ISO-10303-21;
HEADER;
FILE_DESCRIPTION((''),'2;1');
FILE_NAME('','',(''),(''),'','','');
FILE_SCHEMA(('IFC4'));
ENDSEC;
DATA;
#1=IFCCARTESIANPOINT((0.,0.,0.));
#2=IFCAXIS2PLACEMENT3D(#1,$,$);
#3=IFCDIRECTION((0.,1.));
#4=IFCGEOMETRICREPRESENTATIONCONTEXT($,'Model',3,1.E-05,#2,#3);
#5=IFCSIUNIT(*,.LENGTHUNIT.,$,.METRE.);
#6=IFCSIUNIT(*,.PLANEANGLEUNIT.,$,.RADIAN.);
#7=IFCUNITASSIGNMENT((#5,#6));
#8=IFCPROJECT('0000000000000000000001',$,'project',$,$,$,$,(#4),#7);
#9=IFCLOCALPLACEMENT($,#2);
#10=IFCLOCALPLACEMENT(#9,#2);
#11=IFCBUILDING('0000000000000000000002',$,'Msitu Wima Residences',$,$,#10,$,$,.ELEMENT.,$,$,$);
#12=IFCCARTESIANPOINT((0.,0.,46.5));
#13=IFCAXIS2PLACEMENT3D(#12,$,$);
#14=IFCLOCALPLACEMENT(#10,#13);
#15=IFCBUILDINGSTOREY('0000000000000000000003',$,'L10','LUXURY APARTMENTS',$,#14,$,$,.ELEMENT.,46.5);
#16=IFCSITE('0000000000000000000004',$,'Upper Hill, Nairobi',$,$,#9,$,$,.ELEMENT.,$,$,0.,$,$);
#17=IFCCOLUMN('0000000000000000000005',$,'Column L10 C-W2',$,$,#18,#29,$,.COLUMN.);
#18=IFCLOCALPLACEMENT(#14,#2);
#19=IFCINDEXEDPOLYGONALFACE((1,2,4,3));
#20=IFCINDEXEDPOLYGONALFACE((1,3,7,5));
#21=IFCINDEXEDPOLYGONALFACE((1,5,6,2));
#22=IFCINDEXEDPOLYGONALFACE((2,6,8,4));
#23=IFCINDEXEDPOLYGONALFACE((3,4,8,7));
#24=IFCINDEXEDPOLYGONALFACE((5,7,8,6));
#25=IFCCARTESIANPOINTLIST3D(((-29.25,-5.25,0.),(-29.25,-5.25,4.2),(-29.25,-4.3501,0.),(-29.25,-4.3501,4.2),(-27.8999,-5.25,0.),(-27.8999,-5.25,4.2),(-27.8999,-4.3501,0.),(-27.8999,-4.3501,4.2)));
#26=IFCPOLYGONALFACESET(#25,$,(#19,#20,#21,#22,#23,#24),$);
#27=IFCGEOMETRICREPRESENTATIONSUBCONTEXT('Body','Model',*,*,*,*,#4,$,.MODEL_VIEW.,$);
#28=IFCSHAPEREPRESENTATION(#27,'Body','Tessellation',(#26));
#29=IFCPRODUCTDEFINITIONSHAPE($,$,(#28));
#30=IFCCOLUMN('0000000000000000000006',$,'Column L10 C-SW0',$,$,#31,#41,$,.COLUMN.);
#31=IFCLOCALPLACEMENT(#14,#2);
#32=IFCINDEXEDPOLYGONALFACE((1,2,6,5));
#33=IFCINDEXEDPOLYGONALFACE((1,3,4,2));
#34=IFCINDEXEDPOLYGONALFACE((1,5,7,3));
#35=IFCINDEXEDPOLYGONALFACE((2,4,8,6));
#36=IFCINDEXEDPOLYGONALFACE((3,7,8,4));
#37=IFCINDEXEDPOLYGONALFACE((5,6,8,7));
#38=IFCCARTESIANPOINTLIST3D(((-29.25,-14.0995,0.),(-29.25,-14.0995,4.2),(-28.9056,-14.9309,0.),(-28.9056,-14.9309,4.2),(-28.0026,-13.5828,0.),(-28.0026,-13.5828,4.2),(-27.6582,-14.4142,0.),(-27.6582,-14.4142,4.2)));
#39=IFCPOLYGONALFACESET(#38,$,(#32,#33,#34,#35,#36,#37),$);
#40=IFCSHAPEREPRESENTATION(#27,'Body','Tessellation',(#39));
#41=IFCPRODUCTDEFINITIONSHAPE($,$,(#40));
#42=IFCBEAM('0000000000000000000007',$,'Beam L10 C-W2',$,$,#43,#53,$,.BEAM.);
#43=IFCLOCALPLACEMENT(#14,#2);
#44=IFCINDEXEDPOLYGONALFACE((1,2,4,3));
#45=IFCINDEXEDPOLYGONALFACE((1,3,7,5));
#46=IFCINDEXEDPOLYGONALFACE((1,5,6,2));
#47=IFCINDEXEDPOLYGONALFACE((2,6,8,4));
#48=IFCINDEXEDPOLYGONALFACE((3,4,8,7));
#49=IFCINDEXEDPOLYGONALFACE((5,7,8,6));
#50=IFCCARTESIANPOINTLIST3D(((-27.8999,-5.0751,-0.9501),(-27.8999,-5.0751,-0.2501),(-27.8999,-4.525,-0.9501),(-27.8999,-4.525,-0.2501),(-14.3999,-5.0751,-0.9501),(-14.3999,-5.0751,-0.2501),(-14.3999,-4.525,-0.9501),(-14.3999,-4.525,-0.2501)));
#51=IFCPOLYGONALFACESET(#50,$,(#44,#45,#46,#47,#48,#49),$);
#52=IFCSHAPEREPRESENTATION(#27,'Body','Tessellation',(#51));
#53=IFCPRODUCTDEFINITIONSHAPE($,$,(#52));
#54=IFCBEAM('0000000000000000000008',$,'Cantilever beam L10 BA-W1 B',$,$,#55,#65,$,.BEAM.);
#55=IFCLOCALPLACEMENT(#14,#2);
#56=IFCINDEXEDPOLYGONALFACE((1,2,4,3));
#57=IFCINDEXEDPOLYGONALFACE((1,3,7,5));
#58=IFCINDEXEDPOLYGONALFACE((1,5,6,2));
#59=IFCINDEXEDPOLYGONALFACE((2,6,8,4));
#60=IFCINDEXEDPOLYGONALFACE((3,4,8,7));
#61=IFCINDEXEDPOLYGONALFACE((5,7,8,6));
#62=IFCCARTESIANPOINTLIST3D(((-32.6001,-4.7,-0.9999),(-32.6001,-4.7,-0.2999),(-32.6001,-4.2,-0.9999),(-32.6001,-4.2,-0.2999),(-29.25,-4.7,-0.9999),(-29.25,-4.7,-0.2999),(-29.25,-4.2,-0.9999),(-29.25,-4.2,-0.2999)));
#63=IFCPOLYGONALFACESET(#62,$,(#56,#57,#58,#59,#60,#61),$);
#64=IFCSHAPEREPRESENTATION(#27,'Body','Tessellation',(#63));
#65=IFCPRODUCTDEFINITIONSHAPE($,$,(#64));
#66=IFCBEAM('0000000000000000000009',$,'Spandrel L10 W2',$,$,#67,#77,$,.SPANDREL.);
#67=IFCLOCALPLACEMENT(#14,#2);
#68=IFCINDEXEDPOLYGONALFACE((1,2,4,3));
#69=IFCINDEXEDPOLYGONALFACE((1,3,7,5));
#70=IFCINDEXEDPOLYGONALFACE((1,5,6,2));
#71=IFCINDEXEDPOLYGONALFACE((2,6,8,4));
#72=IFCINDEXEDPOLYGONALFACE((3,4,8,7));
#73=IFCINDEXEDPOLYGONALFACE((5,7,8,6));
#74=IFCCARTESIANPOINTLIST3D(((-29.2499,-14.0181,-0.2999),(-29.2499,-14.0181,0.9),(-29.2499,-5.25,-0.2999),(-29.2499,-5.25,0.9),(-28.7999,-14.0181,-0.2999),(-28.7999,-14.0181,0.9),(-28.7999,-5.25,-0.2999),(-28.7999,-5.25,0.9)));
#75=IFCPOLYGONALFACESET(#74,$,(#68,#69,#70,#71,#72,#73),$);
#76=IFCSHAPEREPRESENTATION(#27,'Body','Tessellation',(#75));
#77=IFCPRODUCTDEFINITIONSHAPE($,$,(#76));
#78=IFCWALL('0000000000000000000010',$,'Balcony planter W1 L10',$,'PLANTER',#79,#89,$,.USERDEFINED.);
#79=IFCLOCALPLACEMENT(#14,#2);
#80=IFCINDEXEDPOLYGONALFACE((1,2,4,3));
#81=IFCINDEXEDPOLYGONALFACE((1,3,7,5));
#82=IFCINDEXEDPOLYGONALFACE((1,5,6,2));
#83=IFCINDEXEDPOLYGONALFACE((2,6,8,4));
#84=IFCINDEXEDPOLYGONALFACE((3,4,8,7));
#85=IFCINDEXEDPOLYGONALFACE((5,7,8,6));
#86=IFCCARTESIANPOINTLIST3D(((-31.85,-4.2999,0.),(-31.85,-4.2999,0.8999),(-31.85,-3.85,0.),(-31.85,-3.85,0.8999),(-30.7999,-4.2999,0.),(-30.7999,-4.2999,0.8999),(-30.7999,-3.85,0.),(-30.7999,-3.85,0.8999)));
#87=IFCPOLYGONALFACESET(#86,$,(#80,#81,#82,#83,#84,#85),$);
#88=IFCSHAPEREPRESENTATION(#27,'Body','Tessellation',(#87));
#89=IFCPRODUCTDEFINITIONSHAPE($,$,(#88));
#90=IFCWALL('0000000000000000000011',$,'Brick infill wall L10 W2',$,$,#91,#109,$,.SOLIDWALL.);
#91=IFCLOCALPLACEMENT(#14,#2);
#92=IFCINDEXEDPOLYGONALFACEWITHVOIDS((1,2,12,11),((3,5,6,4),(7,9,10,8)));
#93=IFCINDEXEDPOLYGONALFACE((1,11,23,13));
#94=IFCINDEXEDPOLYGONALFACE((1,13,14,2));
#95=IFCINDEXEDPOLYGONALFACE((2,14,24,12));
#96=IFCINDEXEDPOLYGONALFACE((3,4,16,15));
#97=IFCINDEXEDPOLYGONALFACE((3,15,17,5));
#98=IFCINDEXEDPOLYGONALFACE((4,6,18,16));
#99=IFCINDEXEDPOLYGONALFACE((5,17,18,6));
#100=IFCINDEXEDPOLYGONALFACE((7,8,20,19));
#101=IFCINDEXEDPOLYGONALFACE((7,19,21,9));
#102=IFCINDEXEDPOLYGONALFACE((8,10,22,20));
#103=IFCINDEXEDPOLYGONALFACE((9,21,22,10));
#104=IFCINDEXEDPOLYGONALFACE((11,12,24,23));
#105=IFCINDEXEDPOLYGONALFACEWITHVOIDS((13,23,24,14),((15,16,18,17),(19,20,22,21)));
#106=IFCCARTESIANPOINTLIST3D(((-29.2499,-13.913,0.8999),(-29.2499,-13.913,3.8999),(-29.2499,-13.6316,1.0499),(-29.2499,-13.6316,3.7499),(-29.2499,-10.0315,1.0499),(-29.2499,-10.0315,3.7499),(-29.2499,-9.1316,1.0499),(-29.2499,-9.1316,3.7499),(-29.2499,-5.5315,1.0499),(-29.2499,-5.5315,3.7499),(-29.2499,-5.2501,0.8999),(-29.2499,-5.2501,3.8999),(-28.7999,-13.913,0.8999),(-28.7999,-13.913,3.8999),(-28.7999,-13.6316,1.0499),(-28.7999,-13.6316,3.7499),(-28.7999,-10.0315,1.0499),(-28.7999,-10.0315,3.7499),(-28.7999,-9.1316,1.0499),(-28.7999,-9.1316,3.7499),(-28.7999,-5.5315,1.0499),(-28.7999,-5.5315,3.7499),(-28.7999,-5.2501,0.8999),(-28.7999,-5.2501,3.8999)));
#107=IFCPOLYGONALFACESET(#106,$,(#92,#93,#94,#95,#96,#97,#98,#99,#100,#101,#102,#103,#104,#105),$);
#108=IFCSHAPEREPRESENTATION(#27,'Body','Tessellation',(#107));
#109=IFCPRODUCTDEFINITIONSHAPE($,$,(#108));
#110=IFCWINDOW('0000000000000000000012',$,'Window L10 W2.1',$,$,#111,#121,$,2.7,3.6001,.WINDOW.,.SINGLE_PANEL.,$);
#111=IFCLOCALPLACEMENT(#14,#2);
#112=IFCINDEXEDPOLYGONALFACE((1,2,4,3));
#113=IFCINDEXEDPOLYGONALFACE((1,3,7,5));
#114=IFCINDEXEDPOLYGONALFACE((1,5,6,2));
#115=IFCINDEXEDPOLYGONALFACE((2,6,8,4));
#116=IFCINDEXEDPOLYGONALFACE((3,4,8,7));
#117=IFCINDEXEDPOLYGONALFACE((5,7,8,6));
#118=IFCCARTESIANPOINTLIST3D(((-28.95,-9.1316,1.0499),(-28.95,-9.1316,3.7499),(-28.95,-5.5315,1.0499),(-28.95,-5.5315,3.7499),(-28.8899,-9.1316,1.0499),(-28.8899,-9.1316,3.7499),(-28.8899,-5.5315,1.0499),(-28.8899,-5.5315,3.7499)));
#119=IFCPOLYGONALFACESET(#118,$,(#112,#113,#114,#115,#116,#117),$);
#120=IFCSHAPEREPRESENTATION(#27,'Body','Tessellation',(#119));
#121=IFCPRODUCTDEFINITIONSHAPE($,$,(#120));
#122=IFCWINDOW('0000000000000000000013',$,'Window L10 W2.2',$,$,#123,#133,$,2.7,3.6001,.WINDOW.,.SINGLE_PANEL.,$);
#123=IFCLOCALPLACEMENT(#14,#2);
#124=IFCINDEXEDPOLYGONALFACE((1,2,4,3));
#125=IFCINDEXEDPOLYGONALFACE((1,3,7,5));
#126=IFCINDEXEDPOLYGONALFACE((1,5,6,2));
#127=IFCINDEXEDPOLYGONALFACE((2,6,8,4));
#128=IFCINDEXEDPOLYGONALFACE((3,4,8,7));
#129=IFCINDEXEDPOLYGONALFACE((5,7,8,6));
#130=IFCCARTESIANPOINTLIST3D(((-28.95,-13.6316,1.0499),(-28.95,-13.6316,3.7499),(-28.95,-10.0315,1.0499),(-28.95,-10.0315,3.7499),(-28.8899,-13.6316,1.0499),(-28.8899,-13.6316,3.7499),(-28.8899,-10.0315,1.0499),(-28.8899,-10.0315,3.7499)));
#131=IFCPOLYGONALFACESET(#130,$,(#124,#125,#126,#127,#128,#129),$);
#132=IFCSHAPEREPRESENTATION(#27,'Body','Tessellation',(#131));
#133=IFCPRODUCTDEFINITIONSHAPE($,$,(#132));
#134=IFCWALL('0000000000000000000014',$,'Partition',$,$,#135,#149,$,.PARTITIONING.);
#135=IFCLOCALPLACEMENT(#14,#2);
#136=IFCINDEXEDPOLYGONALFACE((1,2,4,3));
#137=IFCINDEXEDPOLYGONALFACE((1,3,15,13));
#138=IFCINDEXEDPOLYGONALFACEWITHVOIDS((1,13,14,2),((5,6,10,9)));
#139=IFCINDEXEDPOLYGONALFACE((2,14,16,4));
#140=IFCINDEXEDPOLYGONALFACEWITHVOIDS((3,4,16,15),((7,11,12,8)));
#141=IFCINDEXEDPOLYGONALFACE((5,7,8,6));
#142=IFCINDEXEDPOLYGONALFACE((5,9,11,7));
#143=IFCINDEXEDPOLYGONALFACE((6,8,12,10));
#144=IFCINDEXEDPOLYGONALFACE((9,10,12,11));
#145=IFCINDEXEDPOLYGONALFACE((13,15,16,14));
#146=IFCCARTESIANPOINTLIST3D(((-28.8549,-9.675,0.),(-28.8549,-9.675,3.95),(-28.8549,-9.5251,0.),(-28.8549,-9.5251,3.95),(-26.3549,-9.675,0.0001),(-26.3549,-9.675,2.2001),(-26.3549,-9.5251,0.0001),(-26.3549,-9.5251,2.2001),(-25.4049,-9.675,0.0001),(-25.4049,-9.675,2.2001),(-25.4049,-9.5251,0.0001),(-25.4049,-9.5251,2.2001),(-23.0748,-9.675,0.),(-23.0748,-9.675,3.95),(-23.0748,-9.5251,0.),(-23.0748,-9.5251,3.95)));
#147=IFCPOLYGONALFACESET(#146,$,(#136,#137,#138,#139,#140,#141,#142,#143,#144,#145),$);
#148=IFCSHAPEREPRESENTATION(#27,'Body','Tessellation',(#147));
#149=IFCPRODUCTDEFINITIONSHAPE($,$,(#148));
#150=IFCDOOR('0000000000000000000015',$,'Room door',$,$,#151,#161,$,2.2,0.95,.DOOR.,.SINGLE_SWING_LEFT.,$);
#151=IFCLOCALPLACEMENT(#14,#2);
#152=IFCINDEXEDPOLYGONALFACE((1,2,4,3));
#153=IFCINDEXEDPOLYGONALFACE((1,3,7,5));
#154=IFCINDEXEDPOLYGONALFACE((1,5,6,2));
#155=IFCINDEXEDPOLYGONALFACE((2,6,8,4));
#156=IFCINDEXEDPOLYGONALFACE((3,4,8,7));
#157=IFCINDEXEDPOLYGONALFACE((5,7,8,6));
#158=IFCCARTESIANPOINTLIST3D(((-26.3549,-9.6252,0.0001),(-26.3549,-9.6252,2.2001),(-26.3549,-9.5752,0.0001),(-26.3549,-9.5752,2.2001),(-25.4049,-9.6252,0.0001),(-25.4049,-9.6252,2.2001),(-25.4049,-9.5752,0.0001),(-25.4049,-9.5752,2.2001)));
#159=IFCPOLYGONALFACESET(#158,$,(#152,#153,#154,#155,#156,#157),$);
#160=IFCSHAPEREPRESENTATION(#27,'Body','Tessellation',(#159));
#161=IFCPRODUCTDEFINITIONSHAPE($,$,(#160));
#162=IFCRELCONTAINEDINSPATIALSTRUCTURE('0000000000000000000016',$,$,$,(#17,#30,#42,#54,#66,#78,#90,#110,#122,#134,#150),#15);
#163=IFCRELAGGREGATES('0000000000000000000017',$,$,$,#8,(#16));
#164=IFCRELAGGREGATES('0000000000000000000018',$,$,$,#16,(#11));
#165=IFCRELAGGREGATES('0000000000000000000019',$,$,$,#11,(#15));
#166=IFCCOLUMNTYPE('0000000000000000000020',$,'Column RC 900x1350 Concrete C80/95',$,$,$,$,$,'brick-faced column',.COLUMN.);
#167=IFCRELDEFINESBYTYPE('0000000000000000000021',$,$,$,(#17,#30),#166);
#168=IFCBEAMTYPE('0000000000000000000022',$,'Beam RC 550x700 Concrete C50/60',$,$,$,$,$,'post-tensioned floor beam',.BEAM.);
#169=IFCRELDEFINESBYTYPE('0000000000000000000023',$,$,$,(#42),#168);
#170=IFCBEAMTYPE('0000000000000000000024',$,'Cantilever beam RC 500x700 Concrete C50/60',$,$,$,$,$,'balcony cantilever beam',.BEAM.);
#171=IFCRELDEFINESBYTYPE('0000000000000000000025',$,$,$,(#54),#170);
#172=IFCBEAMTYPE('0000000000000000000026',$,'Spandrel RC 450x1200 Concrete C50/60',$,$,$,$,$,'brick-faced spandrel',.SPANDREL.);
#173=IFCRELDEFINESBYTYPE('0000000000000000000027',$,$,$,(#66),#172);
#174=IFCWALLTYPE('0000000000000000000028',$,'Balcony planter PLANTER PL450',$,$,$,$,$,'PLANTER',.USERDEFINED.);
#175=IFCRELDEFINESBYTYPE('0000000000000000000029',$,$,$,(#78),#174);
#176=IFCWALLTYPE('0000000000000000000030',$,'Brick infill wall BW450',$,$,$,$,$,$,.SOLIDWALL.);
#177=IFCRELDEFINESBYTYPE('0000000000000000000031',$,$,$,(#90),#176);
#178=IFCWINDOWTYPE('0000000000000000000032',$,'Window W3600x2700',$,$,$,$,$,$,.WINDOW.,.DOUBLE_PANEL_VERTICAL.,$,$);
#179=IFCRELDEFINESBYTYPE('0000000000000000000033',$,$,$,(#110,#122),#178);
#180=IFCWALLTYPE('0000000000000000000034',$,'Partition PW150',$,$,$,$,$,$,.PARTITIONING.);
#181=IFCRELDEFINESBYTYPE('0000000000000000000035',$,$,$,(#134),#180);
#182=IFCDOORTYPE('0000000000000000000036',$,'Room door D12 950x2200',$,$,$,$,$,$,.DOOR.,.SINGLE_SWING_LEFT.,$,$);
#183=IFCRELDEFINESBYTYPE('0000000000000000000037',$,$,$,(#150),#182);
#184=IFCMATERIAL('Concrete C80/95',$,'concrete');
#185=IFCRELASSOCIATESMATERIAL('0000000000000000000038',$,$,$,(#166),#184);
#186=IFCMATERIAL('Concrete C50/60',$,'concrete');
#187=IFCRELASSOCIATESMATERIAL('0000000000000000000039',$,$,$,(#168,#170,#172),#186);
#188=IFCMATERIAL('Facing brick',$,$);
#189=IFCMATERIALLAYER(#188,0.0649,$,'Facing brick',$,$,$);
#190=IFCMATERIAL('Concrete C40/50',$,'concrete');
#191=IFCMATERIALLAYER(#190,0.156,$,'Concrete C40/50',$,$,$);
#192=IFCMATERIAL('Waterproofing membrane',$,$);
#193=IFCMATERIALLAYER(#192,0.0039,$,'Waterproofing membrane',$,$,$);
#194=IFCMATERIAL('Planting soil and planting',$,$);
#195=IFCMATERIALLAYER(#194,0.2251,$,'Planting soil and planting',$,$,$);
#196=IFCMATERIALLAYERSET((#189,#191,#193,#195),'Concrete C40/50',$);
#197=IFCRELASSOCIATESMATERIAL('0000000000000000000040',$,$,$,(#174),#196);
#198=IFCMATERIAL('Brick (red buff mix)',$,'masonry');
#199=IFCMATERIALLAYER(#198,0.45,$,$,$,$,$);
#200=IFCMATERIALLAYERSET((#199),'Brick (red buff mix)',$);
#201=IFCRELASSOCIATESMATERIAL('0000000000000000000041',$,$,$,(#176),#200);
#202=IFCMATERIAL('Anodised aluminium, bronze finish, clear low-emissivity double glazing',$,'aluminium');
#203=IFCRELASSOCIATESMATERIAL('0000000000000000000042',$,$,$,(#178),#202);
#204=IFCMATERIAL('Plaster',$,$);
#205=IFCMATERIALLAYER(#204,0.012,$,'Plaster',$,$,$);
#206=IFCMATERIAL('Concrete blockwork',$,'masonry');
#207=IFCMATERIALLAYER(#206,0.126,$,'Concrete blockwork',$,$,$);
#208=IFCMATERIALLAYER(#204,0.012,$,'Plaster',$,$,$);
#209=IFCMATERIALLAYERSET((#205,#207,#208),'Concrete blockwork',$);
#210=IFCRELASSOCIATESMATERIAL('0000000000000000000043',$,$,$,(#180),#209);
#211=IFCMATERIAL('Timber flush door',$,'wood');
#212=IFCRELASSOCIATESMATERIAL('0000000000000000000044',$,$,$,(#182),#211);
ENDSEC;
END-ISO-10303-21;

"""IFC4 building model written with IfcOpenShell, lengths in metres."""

from ifc_helpers import new_model, si_unit, direction, frame, frame_2d, origin, origin_2d, place, context, subcontext, project, spatial, rectangle, extrude, material, layer, layer_set, material_profile, profile_set, type_object, element, fill, save


model = new_model("IFC4")

# Units and contexts
model_context = context("Model", 3, precision=1e-05, world=origin(), true_north=direction((0.0, 1.0)))
body_context = subcontext(model_context, "Body", "Model", "MODEL_VIEW")
ifc_project = project(units=[si_unit("LENGTHUNIT", "METRE"), si_unit("PLANEANGLEUNIT", "RADIAN")], contexts=[model_context])

# Site, building, storey
site_placement = place(None, origin())
site = spatial("IfcSite", under=ifc_project, at=site_placement, Name="Upper Hill, Nairobi", CompositionType="ELEMENT", RefElevation=0.0)
building_placement = place(site_placement, origin())
building = spatial("IfcBuilding", under=site, at=building_placement, Name="Msitu Wima Residences", CompositionType="ELEMENT")
storey_placement = place(building_placement, frame((0.0, 0.0, 46.5)))
storey = spatial("IfcBuildingStorey", under=building, at=storey_placement, Name="L10", Description="LUXURY APARTMENTS", CompositionType="ELEMENT", Elevation=46.5)

# Columns
ifc_material_1 = material(Name="Concrete C80/95", Category="concrete")
ifc_material_profile_1 = material_profile(ifc_material_1, rectangle(XDim=0.8999, YDim=1.3501, at=origin_2d()), Name="RC 900x1350")
ifc_profile_set_1 = profile_set([ifc_material_profile_1], Name="Concrete C80/95")
column_type = type_object("IfcColumnType", Name="Column RC 900x1350 Concrete C80/95", ElementType="brick-faced column", PredefinedType="COLUMN", material=ifc_profile_set_1)
for number, where, z_axis, x_axis, name in (
    (1, (-28.575, -4.8, 0.0), (0.0, 0.0, 1.0), (0.0, -1.0, 0.0), "Column L10 C-W2"),
    (2, (-28.4541, -14.2568, 0.0), (0.0, 0.0, 1.0), (0.382683, -0.92388, 0.0), "Column L10 C-SW0"),
):
    element("IfcColumn", number, at=place(storey_placement, frame(where, z_axis=z_axis, x_axis=x_axis)), inside=storey, type_object=column_type, Name=name, PredefinedType="COLUMN", context=body_context, shape_type="SweptSolid", body=[
        extrude(rectangle(XDim=0.8999, YDim=1.3501, at=origin_2d()), origin(), (0.0, 0.0, 1.0), 4.2),
    ])

# Beams
ifc_material_2 = material(Name="Concrete C50/60", Category="concrete")
ifc_material_profile_2 = material_profile(ifc_material_2, rectangle(XDim=0.55, YDim=0.7, at=origin_2d()), Name="RC 550x700")
ifc_profile_set_2 = profile_set([ifc_material_profile_2], Name="Concrete C50/60")
beam_type_1 = type_object("IfcBeamType", Name="Beam RC 550x700 Concrete C50/60", ElementType="post-tensioned floor beam", PredefinedType="BEAM", material=ifc_profile_set_2)
beam_1_placement = place(storey_placement, frame((-27.8999, -4.8, -0.6001), z_axis=(1.0, 0.0, 0.0), x_axis=(0.0, 1.0, 0.0)))
element("IfcBeam", 3, at=beam_1_placement, inside=storey, type_object=beam_type_1, Name="Beam L10 C-W2", PredefinedType="BEAM", context=body_context, shape_type="SweptSolid", body=[
    extrude(rectangle(XDim=0.55, YDim=0.7, at=origin_2d()), origin(), (0.0, 0.0, 1.0), 13.5),
])
ifc_material_profile_3 = material_profile(ifc_material_2, rectangle(XDim=0.5, YDim=0.7, at=origin_2d()), Name="RC 500x700")
ifc_profile_set_3 = profile_set([ifc_material_profile_3], Name="Concrete C50/60")
beam_type_2 = type_object("IfcBeamType", Name="Cantilever beam RC 500x700 Concrete C50/60", ElementType="balcony cantilever beam", PredefinedType="BEAM", material=ifc_profile_set_3)
beam_2_placement = place(storey_placement, frame((-29.25, -4.45, -0.6499), z_axis=(-1.0, 0.0, 0.0), x_axis=(0.0, -1.0, 0.0)))
element("IfcBeam", 4, at=beam_2_placement, inside=storey, type_object=beam_type_2, Name="Cantilever beam L10 BA-W1 B", PredefinedType="BEAM", context=body_context, shape_type="SweptSolid", body=[
    extrude(rectangle(XDim=0.5, YDim=0.7, at=origin_2d()), origin(), (0.0, 0.0, 1.0), 3.3501),
])
ifc_material_profile_4 = material_profile(ifc_material_2, rectangle(XDim=0.45, YDim=1.2, at=origin_2d()), Name="RC 450x1200")
ifc_profile_set_4 = profile_set([ifc_material_profile_4], Name="Concrete C50/60")
beam_type_3 = type_object("IfcBeamType", Name="Spandrel RC 450x1200 Concrete C50/60", ElementType="brick-faced spandrel", PredefinedType="SPANDREL", material=ifc_profile_set_4)
beam_3_placement = place(storey_placement, frame((-29.0249, -5.25, 0.3), z_axis=(0.0, -1.0, 0.0), x_axis=(1.0, 0.0, 0.0)))
element("IfcBeam", 5, at=beam_3_placement, inside=storey, type_object=beam_type_3, Name="Spandrel L10 W2", PredefinedType="SPANDREL", context=body_context, shape_type="SweptSolid", body=[
    extrude(rectangle(XDim=0.45, YDim=1.2, at=origin_2d()), origin(), (0.0, 0.0, 1.0), 8.7681),
])

# Wall
ifc_material_3 = material(Name="Facing brick")
ifc_layer_1 = layer(ifc_material_3, 0.0649, Name="Facing brick")
ifc_material_4 = material(Name="Concrete C40/50", Category="concrete")
ifc_layer_2 = layer(ifc_material_4, 0.156, Name="Concrete C40/50")
ifc_material_5 = material(Name="Waterproofing membrane")
ifc_layer_3 = layer(ifc_material_5, 0.0039, Name="Waterproofing membrane")
ifc_material_6 = material(Name="Planting soil and planting")
ifc_layer_4 = layer(ifc_material_6, 0.2251, Name="Planting soil and planting")
ifc_layer_set_1 = layer_set([ifc_layer_1, ifc_layer_2, ifc_layer_3, ifc_layer_4], Name="Concrete C40/50")
wall_type_1 = type_object("IfcWallType", Name="Balcony planter PLANTER PL450", ElementType="PLANTER", PredefinedType="USERDEFINED", material=ifc_layer_set_1)
wall_1_placement = place(storey_placement, frame((-30.8, -4.075, 0.0), z_axis=(0.0, 0.0, 1.0), x_axis=(-1.0, 0.0, 0.0)))
element("IfcWall", 6, at=wall_1_placement, inside=storey, type_object=wall_type_1, Name="Balcony planter W1 L10", ObjectType="PLANTER", PredefinedType="USERDEFINED", context=body_context, shape_type="SweptSolid", body=[
    extrude(rectangle(XDim=1.05, YDim=0.45, at=frame_2d((0.5249, 0.0))), origin(), (0.0, 0.0, 1.0), 0.8999),
])

# Wall, openings, windows
ifc_material_7 = material(Name="Brick (red buff mix)", Category="masonry")
ifc_layer_5 = layer(ifc_material_7, 0.45)
ifc_layer_set_2 = layer_set([ifc_layer_5], Name="Brick (red buff mix)")
wall_type_2 = type_object("IfcWallType", Name="Brick infill wall BW450", PredefinedType="SOLIDWALL", material=ifc_layer_set_2)
wall_2_placement = place(storey_placement, frame((-29.0249, -5.25, 0.8999), z_axis=(0.0, 0.0, 1.0), x_axis=(0.0, -1.0, 0.0)))
wall_2 = element("IfcWall", 7, at=wall_2_placement, inside=storey, type_object=wall_type_2, Name="Brick infill wall L10 W2", PredefinedType="SOLIDWALL", context=body_context, shape_type="SweptSolid", body=[
    extrude(rectangle(XDim=8.6628, YDim=0.45, at=frame_2d((4.3315, 0.0))), origin(), (0.0, 0.0, 1.0), 3.0),
])
opening_1_placement = place(wall_2_placement, frame((0.2815, 0.0, 0.1499)))
opening_1 = element("IfcOpeningElement", 8, at=opening_1_placement, cuts=wall_2, PredefinedType="OPENING", context=body_context, shape_type="SweptSolid", body=[
    extrude(rectangle(XDim=3.6001, YDim=2.7, at=frame_2d((1.8, 1.3501))), frame((0.0, 0.2349, 0.0), z_axis=(0.0, -1.0, 0.0), x_axis=(1.0, 0.0, 0.0)), (0.0, 0.0, 1.0), 0.47),
])
opening_2_placement = place(wall_2_placement, frame((4.7815, 0.0, 0.1499)))
opening_2 = element("IfcOpeningElement", 9, at=opening_2_placement, cuts=wall_2, PredefinedType="OPENING", context=body_context, shape_type="SweptSolid", body=[
    extrude(rectangle(XDim=3.6001, YDim=2.7, at=frame_2d((1.8, 1.3501))), frame((0.0, 0.2349, 0.0), z_axis=(0.0, -1.0, 0.0), x_axis=(1.0, 0.0, 0.0)), (0.0, 0.0, 1.0), 0.47),
])
ifc_material_8 = material(Name="Anodised aluminium, bronze finish, clear low-emissivity double glazing", Category="aluminium")
window_type = type_object("IfcWindowType", Name="Window W3600x2700", PartitioningType="DOUBLE_PANEL_VERTICAL", PredefinedType="WINDOW", material=ifc_material_8)
window_1_placement = place(opening_1_placement, origin())
window_1 = element("IfcWindow", 10, at=window_1_placement, inside=storey, type_object=window_type, Name="Window L10 W2.1", OverallHeight=2.7, OverallWidth=3.6001, PartitioningType="SINGLE_PANEL", PredefinedType="WINDOW", context=body_context, shape_type="SweptSolid", body=[
    extrude(rectangle(XDim=3.6001, YDim=2.7, at=frame_2d((1.8, 1.3501))), frame((0.0, 0.135, 0.0), z_axis=(0.0, -1.0, 0.0), x_axis=(1.0, 0.0, 0.0)), (0.0, 0.0, 1.0), 0.0601),
])
fill(opening_1, window_1)
window_2_placement = place(opening_2_placement, origin())
window_2 = element("IfcWindow", 11, at=window_2_placement, inside=storey, type_object=window_type, Name="Window L10 W2.2", OverallHeight=2.7, OverallWidth=3.6001, PartitioningType="SINGLE_PANEL", PredefinedType="WINDOW", context=body_context, shape_type="SweptSolid", body=[
    extrude(rectangle(XDim=3.6001, YDim=2.7, at=frame_2d((1.8, 1.3501))), frame((0.0, 0.135, 0.0), z_axis=(0.0, -1.0, 0.0), x_axis=(1.0, 0.0, 0.0)), (0.0, 0.0, 1.0), 0.0601),
])
fill(opening_2, window_2)

# Wall, opening, door
ifc_material_9 = material(Name="Plaster")
ifc_layer_6 = layer(ifc_material_9, 0.012, Name="Plaster")
ifc_material_10 = material(Name="Concrete blockwork", Category="masonry")
ifc_layer_7 = layer(ifc_material_10, 0.126, Name="Concrete blockwork")
ifc_layer_8 = layer(ifc_material_9, 0.012, Name="Plaster")
ifc_layer_set_3 = layer_set([ifc_layer_6, ifc_layer_7, ifc_layer_8], Name="Concrete blockwork")
wall_type_3 = type_object("IfcWallType", Name="Partition PW150", PredefinedType="PARTITIONING", material=ifc_layer_set_3)
wall_3_placement = place(storey_placement, frame((-28.855, -9.6001, 0.0), z_axis=(0.0, 0.0, 1.0), x_axis=(1.0, 0.0, 0.0)))
wall_3 = element("IfcWall", 12, at=wall_3_placement, inside=storey, type_object=wall_type_3, Name="Partition", PredefinedType="PARTITIONING", context=body_context, shape_type="SweptSolid", body=[
    extrude(rectangle(XDim=5.78, YDim=0.1499, at=frame_2d((2.8901, 0.0))), origin(), (0.0, 0.0, 1.0), 3.95),
])
opening_3_placement = place(wall_3_placement, frame((2.5, 0.0, 0.0)))
opening_3 = element("IfcOpeningElement", 13, at=opening_3_placement, cuts=wall_3, PredefinedType="OPENING", context=body_context, shape_type="SweptSolid", body=[
    extrude(rectangle(XDim=0.95, YDim=2.2, at=frame_2d((0.4751, 1.1001))), frame((0.0, 0.085, 0.0), z_axis=(0.0, -1.0, 0.0), x_axis=(1.0, 0.0, 0.0)), (0.0, 0.0, 1.0), 0.1699),
])
ifc_material_11 = material(Name="Timber flush door", Category="wood")
door_type = type_object("IfcDoorType", Name="Room door D12 950x2200", OperationType="SINGLE_SWING_LEFT", PredefinedType="DOOR", material=ifc_material_11)
door_placement = place(opening_3_placement, origin())
door = element("IfcDoor", 14, at=door_placement, inside=storey, type_object=door_type, Name="Room door", OperationType="SINGLE_SWING_LEFT", OverallHeight=2.2, OverallWidth=0.95, PredefinedType="DOOR", context=body_context, shape_type="SweptSolid", body=[
    extrude(rectangle(XDim=0.95, YDim=2.2, at=frame_2d((0.4751, 1.1001))), frame((0.0, 0.0249, 0.0), z_axis=(0.0, -1.0, 0.0), x_axis=(1.0, 0.0, 0.0)), (0.0, 0.0, 1.0), 0.05),
])
fill(opening_3, door)

save(model, "model.ifc")
